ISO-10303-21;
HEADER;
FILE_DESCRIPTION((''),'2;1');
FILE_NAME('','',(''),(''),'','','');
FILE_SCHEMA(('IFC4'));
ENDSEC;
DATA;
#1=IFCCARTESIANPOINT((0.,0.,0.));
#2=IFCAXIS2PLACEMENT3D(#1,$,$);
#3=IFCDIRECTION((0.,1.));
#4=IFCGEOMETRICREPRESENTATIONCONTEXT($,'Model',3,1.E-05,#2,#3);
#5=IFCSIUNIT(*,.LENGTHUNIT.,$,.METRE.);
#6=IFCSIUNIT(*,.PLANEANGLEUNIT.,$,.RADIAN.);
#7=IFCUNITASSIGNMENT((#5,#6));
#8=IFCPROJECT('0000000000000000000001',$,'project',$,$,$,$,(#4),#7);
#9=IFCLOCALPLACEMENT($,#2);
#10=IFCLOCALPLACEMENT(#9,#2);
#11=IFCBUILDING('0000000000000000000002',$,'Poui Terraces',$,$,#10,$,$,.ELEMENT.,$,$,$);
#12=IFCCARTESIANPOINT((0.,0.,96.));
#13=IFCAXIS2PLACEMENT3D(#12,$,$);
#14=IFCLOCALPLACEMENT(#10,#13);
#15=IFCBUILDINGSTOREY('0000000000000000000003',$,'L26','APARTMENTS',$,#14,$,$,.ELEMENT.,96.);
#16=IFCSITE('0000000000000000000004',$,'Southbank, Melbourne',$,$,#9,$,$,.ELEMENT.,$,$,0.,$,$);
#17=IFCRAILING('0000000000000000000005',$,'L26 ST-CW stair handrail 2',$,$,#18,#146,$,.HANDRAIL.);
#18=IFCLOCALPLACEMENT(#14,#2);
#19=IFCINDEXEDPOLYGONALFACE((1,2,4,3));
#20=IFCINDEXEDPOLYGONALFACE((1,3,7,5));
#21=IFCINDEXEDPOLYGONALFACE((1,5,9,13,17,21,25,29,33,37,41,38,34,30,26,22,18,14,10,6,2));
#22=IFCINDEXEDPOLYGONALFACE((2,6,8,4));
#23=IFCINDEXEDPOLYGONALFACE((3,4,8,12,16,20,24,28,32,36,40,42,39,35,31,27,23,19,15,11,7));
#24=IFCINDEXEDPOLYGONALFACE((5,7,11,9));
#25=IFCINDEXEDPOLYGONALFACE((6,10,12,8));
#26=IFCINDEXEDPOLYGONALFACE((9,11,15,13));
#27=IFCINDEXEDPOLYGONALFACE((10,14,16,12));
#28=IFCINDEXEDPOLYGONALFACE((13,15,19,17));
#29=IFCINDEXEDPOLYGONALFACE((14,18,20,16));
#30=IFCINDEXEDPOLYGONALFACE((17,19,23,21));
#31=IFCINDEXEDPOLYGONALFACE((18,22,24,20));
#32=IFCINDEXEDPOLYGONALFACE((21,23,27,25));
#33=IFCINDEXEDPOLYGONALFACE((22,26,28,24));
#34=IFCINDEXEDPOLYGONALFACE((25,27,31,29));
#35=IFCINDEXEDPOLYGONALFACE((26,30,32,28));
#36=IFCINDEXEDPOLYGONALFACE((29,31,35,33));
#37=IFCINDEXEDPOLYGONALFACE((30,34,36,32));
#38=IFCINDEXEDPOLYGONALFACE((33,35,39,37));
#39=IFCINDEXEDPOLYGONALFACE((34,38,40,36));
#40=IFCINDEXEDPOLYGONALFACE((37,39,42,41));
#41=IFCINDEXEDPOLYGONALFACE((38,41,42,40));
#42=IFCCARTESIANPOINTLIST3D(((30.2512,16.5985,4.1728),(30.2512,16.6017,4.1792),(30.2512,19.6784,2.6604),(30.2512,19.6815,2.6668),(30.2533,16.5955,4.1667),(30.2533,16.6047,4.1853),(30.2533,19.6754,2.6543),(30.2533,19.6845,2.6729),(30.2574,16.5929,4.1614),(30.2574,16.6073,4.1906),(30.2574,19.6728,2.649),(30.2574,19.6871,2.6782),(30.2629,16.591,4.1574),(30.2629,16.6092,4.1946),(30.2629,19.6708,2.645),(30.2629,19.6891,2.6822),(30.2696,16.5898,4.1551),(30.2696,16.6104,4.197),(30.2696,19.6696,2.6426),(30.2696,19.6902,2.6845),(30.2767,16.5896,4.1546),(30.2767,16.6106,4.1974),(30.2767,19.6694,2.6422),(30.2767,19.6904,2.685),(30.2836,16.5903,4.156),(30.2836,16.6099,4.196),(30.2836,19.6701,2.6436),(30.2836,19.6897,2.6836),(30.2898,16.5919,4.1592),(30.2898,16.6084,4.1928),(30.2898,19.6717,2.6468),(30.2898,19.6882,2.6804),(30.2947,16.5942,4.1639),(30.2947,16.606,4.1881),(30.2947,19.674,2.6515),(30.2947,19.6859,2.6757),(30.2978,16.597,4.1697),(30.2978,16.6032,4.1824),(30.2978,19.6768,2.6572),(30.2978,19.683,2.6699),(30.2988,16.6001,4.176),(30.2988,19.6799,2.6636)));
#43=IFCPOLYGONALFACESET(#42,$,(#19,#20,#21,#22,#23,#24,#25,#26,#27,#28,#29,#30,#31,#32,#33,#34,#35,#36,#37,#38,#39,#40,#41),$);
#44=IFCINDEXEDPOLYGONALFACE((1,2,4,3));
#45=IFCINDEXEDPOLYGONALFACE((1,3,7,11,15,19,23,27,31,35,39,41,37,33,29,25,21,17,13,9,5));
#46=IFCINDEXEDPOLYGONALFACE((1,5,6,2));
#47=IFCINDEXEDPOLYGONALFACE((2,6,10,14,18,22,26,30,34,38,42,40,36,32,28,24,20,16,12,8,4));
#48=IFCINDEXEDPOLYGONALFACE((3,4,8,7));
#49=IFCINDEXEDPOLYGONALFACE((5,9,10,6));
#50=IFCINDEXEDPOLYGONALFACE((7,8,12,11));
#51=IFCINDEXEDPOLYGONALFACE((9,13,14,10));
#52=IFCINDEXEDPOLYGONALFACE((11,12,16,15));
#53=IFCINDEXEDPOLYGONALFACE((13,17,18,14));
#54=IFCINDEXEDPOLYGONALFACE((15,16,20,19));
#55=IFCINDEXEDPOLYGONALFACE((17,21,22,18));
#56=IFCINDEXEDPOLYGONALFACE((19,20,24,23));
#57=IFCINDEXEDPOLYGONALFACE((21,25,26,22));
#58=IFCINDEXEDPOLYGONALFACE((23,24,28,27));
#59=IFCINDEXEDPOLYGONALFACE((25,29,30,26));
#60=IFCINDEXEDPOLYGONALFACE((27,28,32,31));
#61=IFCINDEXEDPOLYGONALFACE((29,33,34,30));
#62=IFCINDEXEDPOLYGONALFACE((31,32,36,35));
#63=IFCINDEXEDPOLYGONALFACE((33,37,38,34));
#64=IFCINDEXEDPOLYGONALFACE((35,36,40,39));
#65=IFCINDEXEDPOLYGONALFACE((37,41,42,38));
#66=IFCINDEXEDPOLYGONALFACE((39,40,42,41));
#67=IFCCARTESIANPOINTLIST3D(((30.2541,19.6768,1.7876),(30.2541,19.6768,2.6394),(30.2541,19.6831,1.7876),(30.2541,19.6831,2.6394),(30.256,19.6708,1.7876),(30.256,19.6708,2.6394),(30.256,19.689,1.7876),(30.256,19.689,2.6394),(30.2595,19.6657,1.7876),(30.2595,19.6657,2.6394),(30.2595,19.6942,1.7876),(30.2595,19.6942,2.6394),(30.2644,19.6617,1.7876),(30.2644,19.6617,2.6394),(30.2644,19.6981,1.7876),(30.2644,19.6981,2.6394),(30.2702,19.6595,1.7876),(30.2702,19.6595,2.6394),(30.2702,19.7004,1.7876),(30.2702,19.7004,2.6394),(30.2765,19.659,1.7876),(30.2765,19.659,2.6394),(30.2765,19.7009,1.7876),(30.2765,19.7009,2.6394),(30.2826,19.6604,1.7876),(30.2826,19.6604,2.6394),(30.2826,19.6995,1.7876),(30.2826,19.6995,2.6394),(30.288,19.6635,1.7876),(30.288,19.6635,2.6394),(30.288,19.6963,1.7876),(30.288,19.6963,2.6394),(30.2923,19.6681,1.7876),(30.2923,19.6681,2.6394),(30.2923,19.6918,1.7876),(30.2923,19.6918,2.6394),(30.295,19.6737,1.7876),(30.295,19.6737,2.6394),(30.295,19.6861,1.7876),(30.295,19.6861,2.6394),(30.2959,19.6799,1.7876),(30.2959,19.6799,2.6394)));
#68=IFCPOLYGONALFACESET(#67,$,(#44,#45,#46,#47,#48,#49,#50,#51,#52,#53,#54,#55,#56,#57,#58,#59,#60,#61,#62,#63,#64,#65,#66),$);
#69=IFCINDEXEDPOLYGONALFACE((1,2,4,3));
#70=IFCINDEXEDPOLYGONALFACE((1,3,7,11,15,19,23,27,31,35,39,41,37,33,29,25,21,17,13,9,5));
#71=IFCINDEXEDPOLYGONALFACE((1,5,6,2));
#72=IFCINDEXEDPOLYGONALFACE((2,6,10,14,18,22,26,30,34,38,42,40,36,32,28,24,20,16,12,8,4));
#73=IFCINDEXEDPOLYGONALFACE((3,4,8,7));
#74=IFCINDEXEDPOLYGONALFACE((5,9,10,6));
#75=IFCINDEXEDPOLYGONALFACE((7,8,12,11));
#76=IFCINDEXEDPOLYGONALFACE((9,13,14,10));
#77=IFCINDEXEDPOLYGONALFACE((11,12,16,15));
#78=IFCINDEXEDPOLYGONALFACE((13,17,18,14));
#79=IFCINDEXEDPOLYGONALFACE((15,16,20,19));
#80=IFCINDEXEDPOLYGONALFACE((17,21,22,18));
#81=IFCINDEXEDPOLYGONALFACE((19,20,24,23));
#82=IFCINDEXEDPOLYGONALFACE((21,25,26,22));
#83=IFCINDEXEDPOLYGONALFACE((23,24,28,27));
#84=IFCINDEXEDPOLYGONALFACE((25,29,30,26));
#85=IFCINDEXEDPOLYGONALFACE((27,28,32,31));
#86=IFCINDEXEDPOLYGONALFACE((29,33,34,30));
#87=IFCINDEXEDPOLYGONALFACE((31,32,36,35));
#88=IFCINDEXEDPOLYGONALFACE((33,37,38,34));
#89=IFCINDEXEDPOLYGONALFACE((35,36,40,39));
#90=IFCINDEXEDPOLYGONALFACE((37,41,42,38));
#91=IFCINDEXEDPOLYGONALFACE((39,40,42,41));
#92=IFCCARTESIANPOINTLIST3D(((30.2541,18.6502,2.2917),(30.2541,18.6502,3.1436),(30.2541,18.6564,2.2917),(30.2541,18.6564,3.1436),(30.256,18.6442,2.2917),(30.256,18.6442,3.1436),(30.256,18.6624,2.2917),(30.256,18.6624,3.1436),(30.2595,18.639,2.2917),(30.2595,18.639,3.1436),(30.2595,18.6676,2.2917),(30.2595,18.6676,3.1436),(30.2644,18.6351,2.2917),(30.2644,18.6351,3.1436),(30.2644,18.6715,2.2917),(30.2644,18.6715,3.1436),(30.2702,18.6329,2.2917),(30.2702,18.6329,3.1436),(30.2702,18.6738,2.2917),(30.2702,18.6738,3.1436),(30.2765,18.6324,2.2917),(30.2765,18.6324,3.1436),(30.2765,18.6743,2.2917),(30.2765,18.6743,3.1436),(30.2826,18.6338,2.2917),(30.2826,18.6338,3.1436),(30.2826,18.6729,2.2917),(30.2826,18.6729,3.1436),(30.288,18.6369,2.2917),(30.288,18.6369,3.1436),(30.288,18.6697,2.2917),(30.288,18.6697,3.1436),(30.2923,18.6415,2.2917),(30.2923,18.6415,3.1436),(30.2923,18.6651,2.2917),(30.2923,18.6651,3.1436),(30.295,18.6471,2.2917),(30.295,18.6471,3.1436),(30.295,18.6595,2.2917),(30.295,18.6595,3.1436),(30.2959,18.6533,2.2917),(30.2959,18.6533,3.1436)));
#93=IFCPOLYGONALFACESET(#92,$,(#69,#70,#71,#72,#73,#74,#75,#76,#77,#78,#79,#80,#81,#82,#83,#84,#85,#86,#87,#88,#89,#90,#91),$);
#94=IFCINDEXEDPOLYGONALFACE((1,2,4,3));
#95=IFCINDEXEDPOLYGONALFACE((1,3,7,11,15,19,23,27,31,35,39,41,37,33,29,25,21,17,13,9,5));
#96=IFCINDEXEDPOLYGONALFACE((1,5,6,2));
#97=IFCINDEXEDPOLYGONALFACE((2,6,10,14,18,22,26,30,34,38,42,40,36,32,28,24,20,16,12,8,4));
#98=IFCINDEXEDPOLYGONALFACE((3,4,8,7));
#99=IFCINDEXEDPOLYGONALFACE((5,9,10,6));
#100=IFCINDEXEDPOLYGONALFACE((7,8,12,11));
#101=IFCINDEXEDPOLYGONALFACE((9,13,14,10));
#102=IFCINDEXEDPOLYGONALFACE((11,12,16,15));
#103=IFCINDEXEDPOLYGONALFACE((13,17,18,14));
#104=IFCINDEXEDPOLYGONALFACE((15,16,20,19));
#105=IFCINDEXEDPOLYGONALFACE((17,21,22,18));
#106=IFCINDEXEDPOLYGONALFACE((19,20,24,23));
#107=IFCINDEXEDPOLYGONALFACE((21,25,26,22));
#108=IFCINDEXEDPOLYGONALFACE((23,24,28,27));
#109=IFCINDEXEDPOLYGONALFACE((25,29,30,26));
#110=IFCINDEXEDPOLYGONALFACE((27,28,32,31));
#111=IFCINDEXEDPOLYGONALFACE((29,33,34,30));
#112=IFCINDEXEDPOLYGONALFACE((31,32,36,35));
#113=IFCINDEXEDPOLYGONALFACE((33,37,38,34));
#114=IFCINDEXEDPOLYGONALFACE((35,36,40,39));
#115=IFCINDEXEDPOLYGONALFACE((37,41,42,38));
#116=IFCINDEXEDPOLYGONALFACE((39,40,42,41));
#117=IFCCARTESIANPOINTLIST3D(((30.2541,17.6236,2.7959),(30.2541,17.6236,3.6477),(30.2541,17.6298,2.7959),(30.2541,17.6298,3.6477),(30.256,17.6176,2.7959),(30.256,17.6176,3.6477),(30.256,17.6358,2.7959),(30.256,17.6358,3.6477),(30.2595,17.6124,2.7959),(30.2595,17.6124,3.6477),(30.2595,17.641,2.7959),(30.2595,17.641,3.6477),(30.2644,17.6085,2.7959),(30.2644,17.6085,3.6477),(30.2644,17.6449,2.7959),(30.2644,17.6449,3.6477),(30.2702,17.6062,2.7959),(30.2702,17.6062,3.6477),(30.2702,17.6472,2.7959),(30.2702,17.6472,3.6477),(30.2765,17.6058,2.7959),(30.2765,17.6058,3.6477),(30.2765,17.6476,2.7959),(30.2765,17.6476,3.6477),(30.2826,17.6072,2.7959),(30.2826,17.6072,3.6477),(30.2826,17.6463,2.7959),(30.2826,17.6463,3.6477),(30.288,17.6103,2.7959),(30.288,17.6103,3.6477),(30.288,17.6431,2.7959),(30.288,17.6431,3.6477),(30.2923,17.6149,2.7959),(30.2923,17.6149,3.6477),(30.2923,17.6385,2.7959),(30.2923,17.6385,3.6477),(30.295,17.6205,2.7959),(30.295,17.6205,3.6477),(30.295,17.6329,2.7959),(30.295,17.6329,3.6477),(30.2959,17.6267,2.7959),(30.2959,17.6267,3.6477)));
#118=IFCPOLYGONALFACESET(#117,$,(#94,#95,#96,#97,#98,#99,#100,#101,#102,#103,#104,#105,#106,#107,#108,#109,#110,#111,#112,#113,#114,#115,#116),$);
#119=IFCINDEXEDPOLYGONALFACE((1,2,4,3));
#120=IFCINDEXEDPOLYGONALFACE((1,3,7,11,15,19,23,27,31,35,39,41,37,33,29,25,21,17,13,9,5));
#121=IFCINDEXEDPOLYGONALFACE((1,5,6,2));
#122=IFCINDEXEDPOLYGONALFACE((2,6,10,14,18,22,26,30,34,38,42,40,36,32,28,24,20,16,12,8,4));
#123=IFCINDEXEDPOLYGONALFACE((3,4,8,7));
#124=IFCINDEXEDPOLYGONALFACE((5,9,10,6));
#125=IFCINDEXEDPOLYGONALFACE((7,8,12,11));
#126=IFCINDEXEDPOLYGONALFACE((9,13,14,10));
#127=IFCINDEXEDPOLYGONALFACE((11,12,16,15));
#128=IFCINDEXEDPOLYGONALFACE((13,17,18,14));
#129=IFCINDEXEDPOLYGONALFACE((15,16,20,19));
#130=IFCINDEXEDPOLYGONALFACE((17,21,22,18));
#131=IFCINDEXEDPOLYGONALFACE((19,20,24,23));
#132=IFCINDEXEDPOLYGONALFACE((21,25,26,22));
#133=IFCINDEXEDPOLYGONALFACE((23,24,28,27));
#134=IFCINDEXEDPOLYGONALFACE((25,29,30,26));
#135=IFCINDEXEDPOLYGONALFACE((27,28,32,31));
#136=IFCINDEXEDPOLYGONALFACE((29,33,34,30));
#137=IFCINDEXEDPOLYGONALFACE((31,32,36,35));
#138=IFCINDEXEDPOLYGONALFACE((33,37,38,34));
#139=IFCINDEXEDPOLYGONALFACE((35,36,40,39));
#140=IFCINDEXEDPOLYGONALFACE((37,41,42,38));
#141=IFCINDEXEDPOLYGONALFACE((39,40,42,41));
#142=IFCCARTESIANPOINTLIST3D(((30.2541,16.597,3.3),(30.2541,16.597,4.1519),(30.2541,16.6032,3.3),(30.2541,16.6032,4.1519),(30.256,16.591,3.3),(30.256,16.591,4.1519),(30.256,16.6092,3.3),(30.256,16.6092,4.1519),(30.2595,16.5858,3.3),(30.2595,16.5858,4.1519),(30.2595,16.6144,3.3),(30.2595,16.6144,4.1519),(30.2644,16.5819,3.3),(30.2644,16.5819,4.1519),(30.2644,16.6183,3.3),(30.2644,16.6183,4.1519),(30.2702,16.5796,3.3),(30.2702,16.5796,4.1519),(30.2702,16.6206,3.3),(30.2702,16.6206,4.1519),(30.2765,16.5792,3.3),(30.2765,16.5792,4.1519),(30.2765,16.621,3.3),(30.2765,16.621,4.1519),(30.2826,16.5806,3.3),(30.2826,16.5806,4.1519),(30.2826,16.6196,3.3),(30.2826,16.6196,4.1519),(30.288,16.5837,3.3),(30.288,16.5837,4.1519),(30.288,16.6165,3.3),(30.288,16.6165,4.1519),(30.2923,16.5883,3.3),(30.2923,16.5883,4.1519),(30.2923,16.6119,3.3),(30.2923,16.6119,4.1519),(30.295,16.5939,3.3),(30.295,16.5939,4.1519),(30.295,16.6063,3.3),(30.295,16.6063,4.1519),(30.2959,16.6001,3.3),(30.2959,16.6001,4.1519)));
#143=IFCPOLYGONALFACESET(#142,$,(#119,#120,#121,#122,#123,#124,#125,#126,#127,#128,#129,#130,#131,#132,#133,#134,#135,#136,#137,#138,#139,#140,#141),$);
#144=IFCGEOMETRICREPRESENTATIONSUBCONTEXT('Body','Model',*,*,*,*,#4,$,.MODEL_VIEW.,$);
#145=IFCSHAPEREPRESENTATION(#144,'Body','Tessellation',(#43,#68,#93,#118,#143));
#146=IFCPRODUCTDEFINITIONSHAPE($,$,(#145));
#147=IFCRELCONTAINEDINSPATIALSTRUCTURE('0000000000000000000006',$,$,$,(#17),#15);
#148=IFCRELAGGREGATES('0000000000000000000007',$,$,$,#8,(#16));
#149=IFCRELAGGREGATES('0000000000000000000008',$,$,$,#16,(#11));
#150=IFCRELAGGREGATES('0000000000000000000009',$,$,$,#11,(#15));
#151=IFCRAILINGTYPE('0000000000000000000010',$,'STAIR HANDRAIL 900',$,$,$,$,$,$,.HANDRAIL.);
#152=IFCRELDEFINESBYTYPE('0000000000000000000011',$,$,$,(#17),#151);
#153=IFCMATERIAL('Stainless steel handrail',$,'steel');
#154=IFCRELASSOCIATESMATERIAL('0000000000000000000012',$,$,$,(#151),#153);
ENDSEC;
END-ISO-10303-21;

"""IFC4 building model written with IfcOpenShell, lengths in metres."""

from ifc_helpers import new_model, si_unit, direction, frame, origin, origin_2d, place, context, subcontext, project, spatial, circle, extrude, material, type_object, element, save


model = new_model("IFC4")

# Units and contexts
model_context = context("Model", 3, precision=1e-05, world=origin(), true_north=direction((0.0, 1.0)))
body_context = subcontext(model_context, "Body", "Model", "MODEL_VIEW")
ifc_project = project(units=[si_unit("LENGTHUNIT", "METRE"), si_unit("PLANEANGLEUNIT", "RADIAN")], contexts=[model_context])

# Site, building, storey
site_placement = place(None, origin())
site = spatial("IfcSite", under=ifc_project, at=site_placement, Name="Southbank, Melbourne", CompositionType="ELEMENT", RefElevation=0.0)
building_placement = place(site_placement, origin())
building = spatial("IfcBuilding", under=site, at=building_placement, Name="Poui Terraces", CompositionType="ELEMENT")
storey_placement = place(building_placement, frame((0.0, 0.0, 96.0)))
storey = spatial("IfcBuildingStorey", under=building, at=storey_placement, Name="L26", Description="APARTMENTS", CompositionType="ELEMENT", Elevation=96.0)

# Railing
ifc_material_1 = material(Name="Stainless steel handrail", Category="steel")
railing_type_1 = type_object("IfcRailingType", Name="STAIR HANDRAIL 900", PredefinedType="HANDRAIL", material=ifc_material_1)
railing_1_placement = place(storey_placement, frame((30.2749, 19.6799, 1.7876)))
element("IfcRailing", 1, at=railing_1_placement, inside=storey, type_object=railing_type_1, Name="L26 ST-CW stair handrail 2", PredefinedType="HANDRAIL", context=body_context, shape_type="SweptSolid", body=[
    extrude(circle(Radius=0.0239, at=origin_2d()), frame((0.0, 0.0, 0.876), z_axis=(0.0, -0.897606, 0.440798), x_axis=(1.0, 0.0, 0.0)), (0.0, 0.0, 1.0), 3.4312),
    extrude(circle(Radius=0.021, at=origin_2d()), origin(), (0.0, 0.0, 1.0), 0.8518),
    extrude(circle(Radius=0.021, at=origin_2d()), frame((0.0, -1.0266, 0.5042)), (0.0, 0.0, 1.0), 0.8518),
    extrude(circle(Radius=0.021, at=origin_2d()), frame((0.0, -2.0532, 1.0083)), (0.0, 0.0, 1.0), 0.8518),
    extrude(circle(Radius=0.021, at=origin_2d()), frame((0.0, -3.0798, 1.5125)), (0.0, 0.0, 1.0), 0.8518),
])

save(model, "model.ifc")
